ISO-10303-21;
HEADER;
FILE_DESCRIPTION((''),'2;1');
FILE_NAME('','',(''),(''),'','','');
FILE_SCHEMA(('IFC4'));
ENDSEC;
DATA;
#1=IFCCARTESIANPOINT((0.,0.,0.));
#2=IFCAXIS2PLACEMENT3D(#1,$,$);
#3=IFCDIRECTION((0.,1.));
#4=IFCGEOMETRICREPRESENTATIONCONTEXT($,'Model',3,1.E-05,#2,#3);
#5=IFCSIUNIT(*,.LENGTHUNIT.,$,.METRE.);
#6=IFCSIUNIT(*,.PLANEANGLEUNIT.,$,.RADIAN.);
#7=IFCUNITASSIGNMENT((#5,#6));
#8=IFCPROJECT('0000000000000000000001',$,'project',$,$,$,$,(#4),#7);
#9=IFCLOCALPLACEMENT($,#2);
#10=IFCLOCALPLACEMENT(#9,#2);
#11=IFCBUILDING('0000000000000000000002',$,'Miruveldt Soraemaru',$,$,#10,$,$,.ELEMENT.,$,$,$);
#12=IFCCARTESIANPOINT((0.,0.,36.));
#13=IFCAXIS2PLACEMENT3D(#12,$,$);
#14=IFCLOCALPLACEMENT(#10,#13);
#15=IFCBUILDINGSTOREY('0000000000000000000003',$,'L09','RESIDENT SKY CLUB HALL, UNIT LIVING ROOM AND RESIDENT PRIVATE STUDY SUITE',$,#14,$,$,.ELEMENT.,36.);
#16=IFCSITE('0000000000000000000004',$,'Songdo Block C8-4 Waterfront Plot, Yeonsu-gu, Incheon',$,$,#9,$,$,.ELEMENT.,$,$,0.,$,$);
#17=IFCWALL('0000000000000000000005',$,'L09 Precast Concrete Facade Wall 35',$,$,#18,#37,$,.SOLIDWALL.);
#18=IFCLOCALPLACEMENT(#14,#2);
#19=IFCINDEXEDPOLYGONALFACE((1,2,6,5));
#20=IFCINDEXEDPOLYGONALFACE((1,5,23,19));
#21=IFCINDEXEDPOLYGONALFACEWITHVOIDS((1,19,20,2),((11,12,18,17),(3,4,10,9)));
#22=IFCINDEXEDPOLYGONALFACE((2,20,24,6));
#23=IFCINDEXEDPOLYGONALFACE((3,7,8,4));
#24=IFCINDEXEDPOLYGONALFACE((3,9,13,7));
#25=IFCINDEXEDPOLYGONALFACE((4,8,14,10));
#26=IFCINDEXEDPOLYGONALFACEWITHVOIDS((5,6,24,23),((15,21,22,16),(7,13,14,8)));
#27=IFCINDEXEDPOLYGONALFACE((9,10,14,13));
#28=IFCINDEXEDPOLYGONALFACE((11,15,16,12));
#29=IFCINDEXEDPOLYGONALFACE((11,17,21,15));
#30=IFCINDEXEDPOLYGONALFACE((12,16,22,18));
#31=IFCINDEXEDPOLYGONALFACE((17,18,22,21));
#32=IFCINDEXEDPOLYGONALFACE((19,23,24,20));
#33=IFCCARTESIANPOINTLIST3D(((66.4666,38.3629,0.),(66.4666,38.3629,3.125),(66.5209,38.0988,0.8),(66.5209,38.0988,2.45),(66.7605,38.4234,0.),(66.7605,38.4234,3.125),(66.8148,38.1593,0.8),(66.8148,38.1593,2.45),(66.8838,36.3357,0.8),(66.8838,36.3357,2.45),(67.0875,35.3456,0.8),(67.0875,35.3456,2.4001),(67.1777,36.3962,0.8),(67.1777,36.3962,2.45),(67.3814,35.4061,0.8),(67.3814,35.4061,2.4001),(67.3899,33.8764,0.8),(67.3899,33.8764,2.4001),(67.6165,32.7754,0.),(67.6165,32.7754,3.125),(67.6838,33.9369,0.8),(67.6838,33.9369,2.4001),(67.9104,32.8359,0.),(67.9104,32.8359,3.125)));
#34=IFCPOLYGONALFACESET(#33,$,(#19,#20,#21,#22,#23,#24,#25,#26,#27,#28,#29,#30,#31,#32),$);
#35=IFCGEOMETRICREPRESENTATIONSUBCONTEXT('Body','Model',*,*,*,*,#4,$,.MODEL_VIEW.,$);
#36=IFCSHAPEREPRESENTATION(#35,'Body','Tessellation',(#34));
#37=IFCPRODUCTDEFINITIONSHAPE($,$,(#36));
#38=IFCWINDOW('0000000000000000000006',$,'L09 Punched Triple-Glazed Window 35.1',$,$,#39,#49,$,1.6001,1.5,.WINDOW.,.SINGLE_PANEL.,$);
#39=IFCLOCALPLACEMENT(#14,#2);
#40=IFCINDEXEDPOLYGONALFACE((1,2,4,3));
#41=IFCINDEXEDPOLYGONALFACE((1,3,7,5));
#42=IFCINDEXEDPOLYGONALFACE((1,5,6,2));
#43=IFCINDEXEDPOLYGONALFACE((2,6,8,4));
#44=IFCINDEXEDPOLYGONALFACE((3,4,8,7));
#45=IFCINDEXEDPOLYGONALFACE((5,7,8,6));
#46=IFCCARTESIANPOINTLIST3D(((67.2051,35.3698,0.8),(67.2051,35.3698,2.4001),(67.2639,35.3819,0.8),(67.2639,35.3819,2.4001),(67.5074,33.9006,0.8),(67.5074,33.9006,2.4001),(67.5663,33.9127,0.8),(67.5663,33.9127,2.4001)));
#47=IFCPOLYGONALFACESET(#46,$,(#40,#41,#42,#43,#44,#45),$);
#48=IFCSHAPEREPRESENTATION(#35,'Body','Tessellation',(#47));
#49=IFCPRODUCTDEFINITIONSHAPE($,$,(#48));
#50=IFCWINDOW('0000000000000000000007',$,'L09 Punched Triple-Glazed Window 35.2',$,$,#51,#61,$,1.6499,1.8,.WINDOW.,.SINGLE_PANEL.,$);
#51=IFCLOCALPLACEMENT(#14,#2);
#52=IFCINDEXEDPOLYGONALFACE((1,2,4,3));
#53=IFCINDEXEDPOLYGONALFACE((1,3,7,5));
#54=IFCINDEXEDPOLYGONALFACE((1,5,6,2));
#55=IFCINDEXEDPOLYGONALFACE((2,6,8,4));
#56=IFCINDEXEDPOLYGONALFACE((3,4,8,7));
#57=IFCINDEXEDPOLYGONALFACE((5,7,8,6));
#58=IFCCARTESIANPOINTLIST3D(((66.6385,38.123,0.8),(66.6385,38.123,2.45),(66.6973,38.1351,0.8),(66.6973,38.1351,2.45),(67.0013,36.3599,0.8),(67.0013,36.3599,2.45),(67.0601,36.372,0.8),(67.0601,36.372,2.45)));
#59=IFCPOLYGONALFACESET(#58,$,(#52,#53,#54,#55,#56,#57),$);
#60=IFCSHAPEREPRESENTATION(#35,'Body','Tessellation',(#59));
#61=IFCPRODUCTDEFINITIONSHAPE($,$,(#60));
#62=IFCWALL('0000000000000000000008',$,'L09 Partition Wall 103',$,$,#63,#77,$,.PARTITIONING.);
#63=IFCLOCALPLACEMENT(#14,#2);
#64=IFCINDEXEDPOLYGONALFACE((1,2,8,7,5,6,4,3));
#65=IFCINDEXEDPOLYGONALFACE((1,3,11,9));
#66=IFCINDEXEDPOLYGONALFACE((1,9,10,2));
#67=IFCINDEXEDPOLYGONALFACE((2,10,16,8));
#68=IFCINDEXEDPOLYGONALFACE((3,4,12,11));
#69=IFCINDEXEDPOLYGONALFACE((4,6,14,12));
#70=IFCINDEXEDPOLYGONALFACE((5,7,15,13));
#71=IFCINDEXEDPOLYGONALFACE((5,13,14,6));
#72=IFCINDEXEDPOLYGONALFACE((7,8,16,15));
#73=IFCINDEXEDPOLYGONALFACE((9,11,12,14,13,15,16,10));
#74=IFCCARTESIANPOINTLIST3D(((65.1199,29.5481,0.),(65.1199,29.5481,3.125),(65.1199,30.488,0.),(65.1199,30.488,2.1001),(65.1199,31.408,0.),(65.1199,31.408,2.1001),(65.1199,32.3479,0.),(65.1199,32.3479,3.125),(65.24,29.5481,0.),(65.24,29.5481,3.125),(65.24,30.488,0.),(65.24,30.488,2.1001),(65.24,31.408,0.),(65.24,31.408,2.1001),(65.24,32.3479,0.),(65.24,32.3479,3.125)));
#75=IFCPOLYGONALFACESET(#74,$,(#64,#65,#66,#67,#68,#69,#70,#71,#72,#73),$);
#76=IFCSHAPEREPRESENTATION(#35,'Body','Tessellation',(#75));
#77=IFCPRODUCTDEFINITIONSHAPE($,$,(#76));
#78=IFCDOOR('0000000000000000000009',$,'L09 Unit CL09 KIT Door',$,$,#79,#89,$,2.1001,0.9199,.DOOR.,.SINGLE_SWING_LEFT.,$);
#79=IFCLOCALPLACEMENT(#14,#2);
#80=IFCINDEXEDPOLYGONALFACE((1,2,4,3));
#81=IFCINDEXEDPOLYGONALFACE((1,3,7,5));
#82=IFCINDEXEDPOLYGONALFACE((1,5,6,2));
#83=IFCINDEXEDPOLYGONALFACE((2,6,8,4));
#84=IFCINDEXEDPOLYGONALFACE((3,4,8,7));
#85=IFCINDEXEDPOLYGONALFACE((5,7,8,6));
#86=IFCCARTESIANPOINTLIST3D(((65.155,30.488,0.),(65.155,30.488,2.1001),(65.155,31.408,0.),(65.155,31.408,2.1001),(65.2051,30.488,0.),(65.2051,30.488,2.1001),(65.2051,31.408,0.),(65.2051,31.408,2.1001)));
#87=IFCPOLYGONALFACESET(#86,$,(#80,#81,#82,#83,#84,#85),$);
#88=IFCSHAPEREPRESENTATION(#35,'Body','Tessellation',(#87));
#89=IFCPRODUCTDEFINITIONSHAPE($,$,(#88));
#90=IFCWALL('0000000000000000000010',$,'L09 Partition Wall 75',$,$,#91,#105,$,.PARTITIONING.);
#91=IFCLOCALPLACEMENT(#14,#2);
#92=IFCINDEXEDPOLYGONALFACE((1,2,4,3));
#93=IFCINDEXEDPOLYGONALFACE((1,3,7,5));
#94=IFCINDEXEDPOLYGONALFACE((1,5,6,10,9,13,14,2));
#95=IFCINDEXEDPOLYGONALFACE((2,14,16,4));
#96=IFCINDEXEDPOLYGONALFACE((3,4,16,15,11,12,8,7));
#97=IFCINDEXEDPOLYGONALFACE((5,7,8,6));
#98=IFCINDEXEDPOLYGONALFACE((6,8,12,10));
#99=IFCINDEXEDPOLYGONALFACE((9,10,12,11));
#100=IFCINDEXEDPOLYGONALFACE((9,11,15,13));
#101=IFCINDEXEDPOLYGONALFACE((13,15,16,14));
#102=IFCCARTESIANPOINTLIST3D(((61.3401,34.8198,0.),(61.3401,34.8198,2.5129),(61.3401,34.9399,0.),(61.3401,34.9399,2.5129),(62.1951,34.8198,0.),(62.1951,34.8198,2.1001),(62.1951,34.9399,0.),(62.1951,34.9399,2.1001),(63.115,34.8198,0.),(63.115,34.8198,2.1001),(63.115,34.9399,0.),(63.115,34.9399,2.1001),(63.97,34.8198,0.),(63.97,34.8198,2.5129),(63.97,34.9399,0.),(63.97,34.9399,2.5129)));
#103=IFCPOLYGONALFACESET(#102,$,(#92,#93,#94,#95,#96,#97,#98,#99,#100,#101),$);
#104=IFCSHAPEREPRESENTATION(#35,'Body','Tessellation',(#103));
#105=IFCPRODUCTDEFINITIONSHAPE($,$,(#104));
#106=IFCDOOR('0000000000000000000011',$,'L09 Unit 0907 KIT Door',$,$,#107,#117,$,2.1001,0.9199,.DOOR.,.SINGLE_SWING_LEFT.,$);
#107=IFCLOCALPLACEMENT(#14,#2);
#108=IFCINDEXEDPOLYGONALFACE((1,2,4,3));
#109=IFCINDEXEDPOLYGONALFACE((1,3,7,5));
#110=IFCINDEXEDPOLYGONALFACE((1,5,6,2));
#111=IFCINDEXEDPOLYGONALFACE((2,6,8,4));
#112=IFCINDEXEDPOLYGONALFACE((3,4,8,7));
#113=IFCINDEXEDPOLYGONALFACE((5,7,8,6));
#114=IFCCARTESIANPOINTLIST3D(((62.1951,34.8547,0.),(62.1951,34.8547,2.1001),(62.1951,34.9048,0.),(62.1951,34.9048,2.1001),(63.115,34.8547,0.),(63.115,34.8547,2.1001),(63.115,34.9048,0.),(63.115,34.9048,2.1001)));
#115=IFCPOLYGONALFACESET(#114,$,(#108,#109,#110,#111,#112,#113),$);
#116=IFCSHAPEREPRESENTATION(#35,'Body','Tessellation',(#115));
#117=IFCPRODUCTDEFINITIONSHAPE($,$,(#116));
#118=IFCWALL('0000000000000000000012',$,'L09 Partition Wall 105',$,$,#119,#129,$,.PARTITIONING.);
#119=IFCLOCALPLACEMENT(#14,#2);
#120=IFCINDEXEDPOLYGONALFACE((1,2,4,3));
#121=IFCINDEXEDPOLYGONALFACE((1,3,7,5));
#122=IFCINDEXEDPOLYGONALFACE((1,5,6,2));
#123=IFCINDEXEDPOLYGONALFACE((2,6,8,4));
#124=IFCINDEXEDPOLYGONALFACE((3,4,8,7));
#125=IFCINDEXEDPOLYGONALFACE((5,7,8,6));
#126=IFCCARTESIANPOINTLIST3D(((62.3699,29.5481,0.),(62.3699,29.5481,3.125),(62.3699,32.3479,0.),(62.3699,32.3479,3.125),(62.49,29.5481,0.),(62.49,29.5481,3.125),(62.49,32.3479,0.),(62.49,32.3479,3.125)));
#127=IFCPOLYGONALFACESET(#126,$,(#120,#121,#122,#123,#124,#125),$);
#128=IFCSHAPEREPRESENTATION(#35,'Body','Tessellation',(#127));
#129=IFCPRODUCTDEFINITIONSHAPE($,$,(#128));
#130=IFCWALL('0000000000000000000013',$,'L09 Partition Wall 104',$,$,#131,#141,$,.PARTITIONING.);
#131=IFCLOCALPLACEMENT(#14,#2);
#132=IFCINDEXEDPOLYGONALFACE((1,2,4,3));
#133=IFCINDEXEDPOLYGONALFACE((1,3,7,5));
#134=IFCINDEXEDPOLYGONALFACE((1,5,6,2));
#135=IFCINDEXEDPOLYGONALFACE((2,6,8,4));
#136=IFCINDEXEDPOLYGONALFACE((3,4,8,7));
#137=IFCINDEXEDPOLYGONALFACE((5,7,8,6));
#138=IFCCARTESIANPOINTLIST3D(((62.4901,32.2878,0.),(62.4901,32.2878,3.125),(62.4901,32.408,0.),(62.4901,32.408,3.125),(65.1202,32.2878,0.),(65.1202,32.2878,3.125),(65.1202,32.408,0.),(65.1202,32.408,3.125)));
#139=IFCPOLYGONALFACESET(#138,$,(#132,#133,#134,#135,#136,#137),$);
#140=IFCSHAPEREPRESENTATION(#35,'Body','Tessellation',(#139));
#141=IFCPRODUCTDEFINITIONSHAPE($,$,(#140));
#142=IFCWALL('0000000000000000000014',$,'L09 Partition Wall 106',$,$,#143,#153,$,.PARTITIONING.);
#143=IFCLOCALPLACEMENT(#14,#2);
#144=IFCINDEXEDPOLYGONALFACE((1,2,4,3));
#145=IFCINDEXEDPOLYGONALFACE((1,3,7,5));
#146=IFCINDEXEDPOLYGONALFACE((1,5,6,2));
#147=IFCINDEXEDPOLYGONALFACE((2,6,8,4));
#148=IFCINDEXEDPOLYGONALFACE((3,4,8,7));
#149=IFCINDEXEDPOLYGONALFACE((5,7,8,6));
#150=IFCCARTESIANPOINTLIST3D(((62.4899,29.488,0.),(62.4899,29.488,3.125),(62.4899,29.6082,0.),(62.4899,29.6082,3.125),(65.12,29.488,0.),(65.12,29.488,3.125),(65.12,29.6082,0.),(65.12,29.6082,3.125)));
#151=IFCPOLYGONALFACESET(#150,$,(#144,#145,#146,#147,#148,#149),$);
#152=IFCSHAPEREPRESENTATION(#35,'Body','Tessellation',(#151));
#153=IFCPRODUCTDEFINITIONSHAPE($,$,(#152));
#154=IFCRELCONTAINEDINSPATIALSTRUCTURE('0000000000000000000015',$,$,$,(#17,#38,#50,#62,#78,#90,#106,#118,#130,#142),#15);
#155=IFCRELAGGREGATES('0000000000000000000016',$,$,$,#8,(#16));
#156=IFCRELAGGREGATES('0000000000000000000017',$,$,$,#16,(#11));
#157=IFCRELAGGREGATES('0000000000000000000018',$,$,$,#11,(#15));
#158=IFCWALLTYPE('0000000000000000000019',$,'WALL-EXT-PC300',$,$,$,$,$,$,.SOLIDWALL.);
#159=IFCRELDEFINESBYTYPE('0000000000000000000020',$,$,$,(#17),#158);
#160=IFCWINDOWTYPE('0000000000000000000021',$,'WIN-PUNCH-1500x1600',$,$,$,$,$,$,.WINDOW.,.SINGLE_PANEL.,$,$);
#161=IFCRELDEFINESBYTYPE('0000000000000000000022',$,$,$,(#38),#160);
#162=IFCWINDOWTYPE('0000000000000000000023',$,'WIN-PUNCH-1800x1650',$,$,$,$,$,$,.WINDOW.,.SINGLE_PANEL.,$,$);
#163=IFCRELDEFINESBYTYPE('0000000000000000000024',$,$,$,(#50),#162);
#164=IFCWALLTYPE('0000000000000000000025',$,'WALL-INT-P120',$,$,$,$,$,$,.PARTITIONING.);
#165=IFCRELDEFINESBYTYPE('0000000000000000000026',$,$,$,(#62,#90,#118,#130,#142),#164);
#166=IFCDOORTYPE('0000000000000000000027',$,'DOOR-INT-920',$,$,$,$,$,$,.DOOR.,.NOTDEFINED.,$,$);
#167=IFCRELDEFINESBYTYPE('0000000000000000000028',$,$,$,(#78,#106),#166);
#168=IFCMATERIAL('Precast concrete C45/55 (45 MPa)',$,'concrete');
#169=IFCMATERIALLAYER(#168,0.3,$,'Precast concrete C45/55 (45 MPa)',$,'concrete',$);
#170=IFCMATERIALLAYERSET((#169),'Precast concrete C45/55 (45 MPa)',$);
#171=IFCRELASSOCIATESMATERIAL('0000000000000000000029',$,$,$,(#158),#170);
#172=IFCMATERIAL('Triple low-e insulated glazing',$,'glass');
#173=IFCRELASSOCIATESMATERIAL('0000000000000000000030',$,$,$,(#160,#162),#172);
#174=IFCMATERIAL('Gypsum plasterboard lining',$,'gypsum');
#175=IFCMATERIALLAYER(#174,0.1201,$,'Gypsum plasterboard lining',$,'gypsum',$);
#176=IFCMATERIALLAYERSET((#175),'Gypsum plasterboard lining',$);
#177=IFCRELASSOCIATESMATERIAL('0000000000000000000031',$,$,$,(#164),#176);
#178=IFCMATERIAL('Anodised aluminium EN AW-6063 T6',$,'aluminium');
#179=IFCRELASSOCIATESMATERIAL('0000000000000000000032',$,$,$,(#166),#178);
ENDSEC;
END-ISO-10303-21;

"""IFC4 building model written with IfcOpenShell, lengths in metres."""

from ifc_helpers import new_model, si_unit, direction, frame, frame_2d, origin, place, context, subcontext, project, spatial, rectangle, extrude, material, layer, layer_set, type_object, element, fill, save


model = new_model("IFC4")

# Units and contexts
model_context = context("Model", 3, precision=1e-05, world=origin(), true_north=direction((0.0, 1.0)))
body_context = subcontext(model_context, "Body", "Model", "MODEL_VIEW")
ifc_project = project(units=[si_unit("LENGTHUNIT", "METRE"), si_unit("PLANEANGLEUNIT", "RADIAN")], contexts=[model_context])

# Site, building, storey
site_placement = place(None, origin())
site = spatial("IfcSite", under=ifc_project, at=site_placement, Name="Songdo Block C8-4 Waterfront Plot, Yeonsu-gu, Incheon", CompositionType="ELEMENT", RefElevation=0.0)
building_placement = place(site_placement, origin())
building = spatial("IfcBuilding", under=site, at=building_placement, Name="Miruveldt Soraemaru", CompositionType="ELEMENT")
storey_placement = place(building_placement, frame((0.0, 0.0, 36.0)))
storey = spatial("IfcBuildingStorey", under=building, at=storey_placement, Name="L09", Description="RESIDENT SKY CLUB HALL, UNIT LIVING ROOM AND RESIDENT PRIVATE STUDY SUITE", CompositionType="ELEMENT", Elevation=36.0)

# Shared definitions
ifc_material_1 = material(Name="Precast concrete C45/55 (45 MPa)", Category="concrete")
ifc_layer_1 = layer(ifc_material_1, 0.3, Name="Precast concrete C45/55 (45 MPa)", Category="concrete")
ifc_layer_set_1 = layer_set([ifc_layer_1], Name="Precast concrete C45/55 (45 MPa)")
wall_type_1 = type_object("IfcWallType", Name="WALL-EXT-PC300", PredefinedType="SOLIDWALL", material=ifc_layer_set_1)
ifc_material_2 = material(Name="Triple low-e insulated glazing", Category="glass")

# Wall, openings, windows
wall_1_placement = place(storey_placement, frame((67.7634, 32.8057, 0.0), z_axis=(0.0, 0.0, 1.0), x_axis=(-0.201578, 0.979472, 0.0)))
wall_1 = element("IfcWall", 1, at=wall_1_placement, inside=storey, type_object=wall_type_1, Name="L09 Precast Concrete Facade Wall 35", PredefinedType="SOLIDWALL", context=body_context, shape_type="SweptSolid", body=[
    extrude(rectangle(XDim=5.7046, YDim=0.3, at=frame_2d((2.8523, 0.0))), origin(), (0.0, 0.0, 1.0), 3.125),
])
opening_1_placement = place(wall_1_placement, frame((1.124, 0.0, 0.8)))
opening_1 = element("IfcOpeningElement", 2, at=opening_1_placement, cuts=wall_1, PredefinedType="OPENING", context=body_context, shape_type="SweptSolid", body=[
    extrude(rectangle(XDim=1.5, YDim=1.6001, at=frame_2d((0.75, 0.8))), frame((0.0, 0.1602, 0.0), z_axis=(0.0, -1.0, 0.0), x_axis=(1.0, 0.0, 0.0)), (0.0, 0.0, 1.0), 0.3201),
])
opening_2_placement = place(wall_1_placement, frame((3.635, 0.0, 0.8)))
opening_2 = element("IfcOpeningElement", 3, at=opening_2_placement, cuts=wall_1, PredefinedType="OPENING", context=body_context, shape_type="SweptSolid", body=[
    extrude(rectangle(XDim=1.8, YDim=1.6499, at=frame_2d((0.8999, 0.825))), frame((0.0, 0.1602, 0.0), z_axis=(0.0, -1.0, 0.0), x_axis=(1.0, 0.0, 0.0)), (0.0, 0.0, 1.0), 0.3201),
])
window_type_1 = type_object("IfcWindowType", Name="WIN-PUNCH-1500x1600", PartitioningType="SINGLE_PANEL", PredefinedType="WINDOW", material=ifc_material_2)
window_1_placement = place(opening_1_placement, origin())
window_1 = element("IfcWindow", 4, at=window_1_placement, inside=storey, type_object=window_type_1, Name="L09 Punched Triple-Glazed Window 35.1", OverallHeight=1.6001, OverallWidth=1.5, PartitioningType="SINGLE_PANEL", PredefinedType="WINDOW", context=body_context, shape_type="SweptSolid", body=[
    extrude(rectangle(XDim=1.5, YDim=1.6001, at=frame_2d((0.75, 0.8))), frame((0.0, 0.03, 0.0), z_axis=(0.0, -1.0, 0.0), x_axis=(1.0, 0.0, 0.0)), (0.0, 0.0, 1.0), 0.0601),
])
fill(opening_1, window_1)
window_type_2 = type_object("IfcWindowType", Name="WIN-PUNCH-1800x1650", PartitioningType="SINGLE_PANEL", PredefinedType="WINDOW", material=ifc_material_2)
window_2_placement = place(opening_2_placement, origin())
window_2 = element("IfcWindow", 5, at=window_2_placement, inside=storey, type_object=window_type_2, Name="L09 Punched Triple-Glazed Window 35.2", OverallHeight=1.6499, OverallWidth=1.8, PartitioningType="SINGLE_PANEL", PredefinedType="WINDOW", context=body_context, shape_type="SweptSolid", body=[
    extrude(rectangle(XDim=1.8, YDim=1.6499, at=frame_2d((0.8999, 0.825))), frame((0.0, 0.03, 0.0), z_axis=(0.0, -1.0, 0.0), x_axis=(1.0, 0.0, 0.0)), (0.0, 0.0, 1.0), 0.0601),
])
fill(opening_2, window_2)

# Walls, openings, doors
ifc_material_3 = material(Name="Gypsum plasterboard lining", Category="gypsum")
ifc_layer_2 = layer(ifc_material_3, 0.1201, Name="Gypsum plasterboard lining", Category="gypsum")
ifc_layer_set_2 = layer_set([ifc_layer_2], Name="Gypsum plasterboard lining")
wall_type_2 = type_object("IfcWallType", Name="WALL-INT-P120", PredefinedType="PARTITIONING", material=ifc_layer_set_2)
wall_2_placement = place(storey_placement, frame((65.1799, 29.5481, 0.0), z_axis=(0.0, 0.0, 1.0), x_axis=(0.0, 1.0, 0.0)))
wall_2 = element("IfcWall", 6, at=wall_2_placement, inside=storey, type_object=wall_type_2, Name="L09 Partition Wall 103", PredefinedType="PARTITIONING", context=body_context, shape_type="SweptSolid", body=[
    extrude(rectangle(XDim=2.7998, YDim=0.1201, at=frame_2d((1.3999, 0.0))), origin(), (0.0, 0.0, 1.0), 3.125),
])
opening_3_placement = place(wall_2_placement, frame((0.9399, 0.0, 0.0)))
opening_3 = element("IfcOpeningElement", 7, at=opening_3_placement, cuts=wall_2, PredefinedType="OPENING", context=body_context, shape_type="SweptSolid", body=[
    extrude(rectangle(XDim=0.9199, YDim=2.1001, at=frame_2d((0.46, 1.05))), frame((0.0, 0.0701, 0.0), z_axis=(0.0, -1.0, 0.0), x_axis=(1.0, 0.0, 0.0)), (0.0, 0.0, 1.0), 0.1401),
])
ifc_material_4 = material(Name="Anodised aluminium EN AW-6063 T6", Category="aluminium")
door_type = type_object("IfcDoorType", Name="DOOR-INT-920", OperationType="NOTDEFINED", PredefinedType="DOOR", material=ifc_material_4)
door_1_placement = place(opening_3_placement, origin())
door_1 = element("IfcDoor", 8, at=door_1_placement, inside=storey, type_object=door_type, Name="L09 Unit CL09 KIT Door", OperationType="SINGLE_SWING_LEFT", OverallHeight=2.1001, OverallWidth=0.9199, PredefinedType="DOOR", context=body_context, shape_type="SweptSolid", body=[
    extrude(rectangle(XDim=0.9199, YDim=2.1001, at=frame_2d((0.46, 1.05))), frame((0.0, 0.0249, 0.0), z_axis=(0.0, -1.0, 0.0), x_axis=(1.0, 0.0, 0.0)), (0.0, 0.0, 1.0), 0.05),
])
fill(opening_3, door_1)
wall_3_placement = place(storey_placement, frame((61.3401, 34.8799, 0.0), z_axis=(0.0, 0.0, 1.0), x_axis=(1.0, 0.0, 0.0)))
wall_3 = element("IfcWall", 9, at=wall_3_placement, inside=storey, type_object=wall_type_2, Name="L09 Partition Wall 75", PredefinedType="PARTITIONING", context=body_context, shape_type="SweptSolid", body=[
    extrude(rectangle(XDim=2.6299, YDim=0.1201, at=frame_2d((1.3149, 0.0))), origin(), (0.0, 0.0, 1.0), 2.5129),
])
opening_4_placement = place(wall_3_placement, frame((0.855, 0.0, 0.0)))
opening_4 = element("IfcOpeningElement", 10, at=opening_4_placement, cuts=wall_3, PredefinedType="OPENING", context=body_context, shape_type="SweptSolid", body=[
    extrude(rectangle(XDim=0.9199, YDim=2.1001, at=frame_2d((0.46, 1.05))), frame((0.0, 0.0701, 0.0), z_axis=(0.0, -1.0, 0.0), x_axis=(1.0, 0.0, 0.0)), (0.0, 0.0, 1.0), 0.1401),
])
door_2_placement = place(opening_4_placement, origin())
door_2 = element("IfcDoor", 11, at=door_2_placement, inside=storey, type_object=door_type, Name="L09 Unit 0907 KIT Door", OperationType="SINGLE_SWING_LEFT", OverallHeight=2.1001, OverallWidth=0.9199, PredefinedType="DOOR", context=body_context, shape_type="SweptSolid", body=[
    extrude(rectangle(XDim=0.9199, YDim=2.1001, at=frame_2d((0.46, 1.05))), frame((0.0, 0.0249, 0.0), z_axis=(0.0, -1.0, 0.0), x_axis=(1.0, 0.0, 0.0)), (0.0, 0.0, 1.0), 0.05),
])
fill(opening_4, door_2)

# Walls
wall_4_placement = place(storey_placement, frame((62.4299, 32.3479, 0.0), z_axis=(0.0, 0.0, 1.0), x_axis=(0.0, -1.0, 0.0)))
element("IfcWall", 12, at=wall_4_placement, inside=storey, type_object=wall_type_2, Name="L09 Partition Wall 105", PredefinedType="PARTITIONING", context=body_context, shape_type="SweptSolid", body=[
    extrude(rectangle(XDim=2.7998, YDim=0.1201, at=frame_2d((1.3999, 0.0))), origin(), (0.0, 0.0, 1.0), 3.125),
])
for number, where, z_axis, x_axis, name in (
    (13, (65.1201, 32.3479, 0.0), (0.0, 0.0, 1.0), (-1.0, 0.0, 0.0), "L09 Partition Wall 104"),
    (14, (62.49, 29.5481, 0.0), (0.0, 0.0, 1.0), (1.0, 0.0, 0.0), "L09 Partition Wall 106"),
):
    element("IfcWall", number, at=place(storey_placement, frame(where, z_axis=z_axis, x_axis=x_axis)), inside=storey, type_object=wall_type_2, Name=name, PredefinedType="PARTITIONING", context=body_context, shape_type="SweptSolid", body=[
        extrude(rectangle(XDim=2.6301, YDim=0.1201, at=frame_2d((1.3149, 0.0))), origin(), (0.0, 0.0, 1.0), 3.125),
    ])

save(model, "model.ifc")
